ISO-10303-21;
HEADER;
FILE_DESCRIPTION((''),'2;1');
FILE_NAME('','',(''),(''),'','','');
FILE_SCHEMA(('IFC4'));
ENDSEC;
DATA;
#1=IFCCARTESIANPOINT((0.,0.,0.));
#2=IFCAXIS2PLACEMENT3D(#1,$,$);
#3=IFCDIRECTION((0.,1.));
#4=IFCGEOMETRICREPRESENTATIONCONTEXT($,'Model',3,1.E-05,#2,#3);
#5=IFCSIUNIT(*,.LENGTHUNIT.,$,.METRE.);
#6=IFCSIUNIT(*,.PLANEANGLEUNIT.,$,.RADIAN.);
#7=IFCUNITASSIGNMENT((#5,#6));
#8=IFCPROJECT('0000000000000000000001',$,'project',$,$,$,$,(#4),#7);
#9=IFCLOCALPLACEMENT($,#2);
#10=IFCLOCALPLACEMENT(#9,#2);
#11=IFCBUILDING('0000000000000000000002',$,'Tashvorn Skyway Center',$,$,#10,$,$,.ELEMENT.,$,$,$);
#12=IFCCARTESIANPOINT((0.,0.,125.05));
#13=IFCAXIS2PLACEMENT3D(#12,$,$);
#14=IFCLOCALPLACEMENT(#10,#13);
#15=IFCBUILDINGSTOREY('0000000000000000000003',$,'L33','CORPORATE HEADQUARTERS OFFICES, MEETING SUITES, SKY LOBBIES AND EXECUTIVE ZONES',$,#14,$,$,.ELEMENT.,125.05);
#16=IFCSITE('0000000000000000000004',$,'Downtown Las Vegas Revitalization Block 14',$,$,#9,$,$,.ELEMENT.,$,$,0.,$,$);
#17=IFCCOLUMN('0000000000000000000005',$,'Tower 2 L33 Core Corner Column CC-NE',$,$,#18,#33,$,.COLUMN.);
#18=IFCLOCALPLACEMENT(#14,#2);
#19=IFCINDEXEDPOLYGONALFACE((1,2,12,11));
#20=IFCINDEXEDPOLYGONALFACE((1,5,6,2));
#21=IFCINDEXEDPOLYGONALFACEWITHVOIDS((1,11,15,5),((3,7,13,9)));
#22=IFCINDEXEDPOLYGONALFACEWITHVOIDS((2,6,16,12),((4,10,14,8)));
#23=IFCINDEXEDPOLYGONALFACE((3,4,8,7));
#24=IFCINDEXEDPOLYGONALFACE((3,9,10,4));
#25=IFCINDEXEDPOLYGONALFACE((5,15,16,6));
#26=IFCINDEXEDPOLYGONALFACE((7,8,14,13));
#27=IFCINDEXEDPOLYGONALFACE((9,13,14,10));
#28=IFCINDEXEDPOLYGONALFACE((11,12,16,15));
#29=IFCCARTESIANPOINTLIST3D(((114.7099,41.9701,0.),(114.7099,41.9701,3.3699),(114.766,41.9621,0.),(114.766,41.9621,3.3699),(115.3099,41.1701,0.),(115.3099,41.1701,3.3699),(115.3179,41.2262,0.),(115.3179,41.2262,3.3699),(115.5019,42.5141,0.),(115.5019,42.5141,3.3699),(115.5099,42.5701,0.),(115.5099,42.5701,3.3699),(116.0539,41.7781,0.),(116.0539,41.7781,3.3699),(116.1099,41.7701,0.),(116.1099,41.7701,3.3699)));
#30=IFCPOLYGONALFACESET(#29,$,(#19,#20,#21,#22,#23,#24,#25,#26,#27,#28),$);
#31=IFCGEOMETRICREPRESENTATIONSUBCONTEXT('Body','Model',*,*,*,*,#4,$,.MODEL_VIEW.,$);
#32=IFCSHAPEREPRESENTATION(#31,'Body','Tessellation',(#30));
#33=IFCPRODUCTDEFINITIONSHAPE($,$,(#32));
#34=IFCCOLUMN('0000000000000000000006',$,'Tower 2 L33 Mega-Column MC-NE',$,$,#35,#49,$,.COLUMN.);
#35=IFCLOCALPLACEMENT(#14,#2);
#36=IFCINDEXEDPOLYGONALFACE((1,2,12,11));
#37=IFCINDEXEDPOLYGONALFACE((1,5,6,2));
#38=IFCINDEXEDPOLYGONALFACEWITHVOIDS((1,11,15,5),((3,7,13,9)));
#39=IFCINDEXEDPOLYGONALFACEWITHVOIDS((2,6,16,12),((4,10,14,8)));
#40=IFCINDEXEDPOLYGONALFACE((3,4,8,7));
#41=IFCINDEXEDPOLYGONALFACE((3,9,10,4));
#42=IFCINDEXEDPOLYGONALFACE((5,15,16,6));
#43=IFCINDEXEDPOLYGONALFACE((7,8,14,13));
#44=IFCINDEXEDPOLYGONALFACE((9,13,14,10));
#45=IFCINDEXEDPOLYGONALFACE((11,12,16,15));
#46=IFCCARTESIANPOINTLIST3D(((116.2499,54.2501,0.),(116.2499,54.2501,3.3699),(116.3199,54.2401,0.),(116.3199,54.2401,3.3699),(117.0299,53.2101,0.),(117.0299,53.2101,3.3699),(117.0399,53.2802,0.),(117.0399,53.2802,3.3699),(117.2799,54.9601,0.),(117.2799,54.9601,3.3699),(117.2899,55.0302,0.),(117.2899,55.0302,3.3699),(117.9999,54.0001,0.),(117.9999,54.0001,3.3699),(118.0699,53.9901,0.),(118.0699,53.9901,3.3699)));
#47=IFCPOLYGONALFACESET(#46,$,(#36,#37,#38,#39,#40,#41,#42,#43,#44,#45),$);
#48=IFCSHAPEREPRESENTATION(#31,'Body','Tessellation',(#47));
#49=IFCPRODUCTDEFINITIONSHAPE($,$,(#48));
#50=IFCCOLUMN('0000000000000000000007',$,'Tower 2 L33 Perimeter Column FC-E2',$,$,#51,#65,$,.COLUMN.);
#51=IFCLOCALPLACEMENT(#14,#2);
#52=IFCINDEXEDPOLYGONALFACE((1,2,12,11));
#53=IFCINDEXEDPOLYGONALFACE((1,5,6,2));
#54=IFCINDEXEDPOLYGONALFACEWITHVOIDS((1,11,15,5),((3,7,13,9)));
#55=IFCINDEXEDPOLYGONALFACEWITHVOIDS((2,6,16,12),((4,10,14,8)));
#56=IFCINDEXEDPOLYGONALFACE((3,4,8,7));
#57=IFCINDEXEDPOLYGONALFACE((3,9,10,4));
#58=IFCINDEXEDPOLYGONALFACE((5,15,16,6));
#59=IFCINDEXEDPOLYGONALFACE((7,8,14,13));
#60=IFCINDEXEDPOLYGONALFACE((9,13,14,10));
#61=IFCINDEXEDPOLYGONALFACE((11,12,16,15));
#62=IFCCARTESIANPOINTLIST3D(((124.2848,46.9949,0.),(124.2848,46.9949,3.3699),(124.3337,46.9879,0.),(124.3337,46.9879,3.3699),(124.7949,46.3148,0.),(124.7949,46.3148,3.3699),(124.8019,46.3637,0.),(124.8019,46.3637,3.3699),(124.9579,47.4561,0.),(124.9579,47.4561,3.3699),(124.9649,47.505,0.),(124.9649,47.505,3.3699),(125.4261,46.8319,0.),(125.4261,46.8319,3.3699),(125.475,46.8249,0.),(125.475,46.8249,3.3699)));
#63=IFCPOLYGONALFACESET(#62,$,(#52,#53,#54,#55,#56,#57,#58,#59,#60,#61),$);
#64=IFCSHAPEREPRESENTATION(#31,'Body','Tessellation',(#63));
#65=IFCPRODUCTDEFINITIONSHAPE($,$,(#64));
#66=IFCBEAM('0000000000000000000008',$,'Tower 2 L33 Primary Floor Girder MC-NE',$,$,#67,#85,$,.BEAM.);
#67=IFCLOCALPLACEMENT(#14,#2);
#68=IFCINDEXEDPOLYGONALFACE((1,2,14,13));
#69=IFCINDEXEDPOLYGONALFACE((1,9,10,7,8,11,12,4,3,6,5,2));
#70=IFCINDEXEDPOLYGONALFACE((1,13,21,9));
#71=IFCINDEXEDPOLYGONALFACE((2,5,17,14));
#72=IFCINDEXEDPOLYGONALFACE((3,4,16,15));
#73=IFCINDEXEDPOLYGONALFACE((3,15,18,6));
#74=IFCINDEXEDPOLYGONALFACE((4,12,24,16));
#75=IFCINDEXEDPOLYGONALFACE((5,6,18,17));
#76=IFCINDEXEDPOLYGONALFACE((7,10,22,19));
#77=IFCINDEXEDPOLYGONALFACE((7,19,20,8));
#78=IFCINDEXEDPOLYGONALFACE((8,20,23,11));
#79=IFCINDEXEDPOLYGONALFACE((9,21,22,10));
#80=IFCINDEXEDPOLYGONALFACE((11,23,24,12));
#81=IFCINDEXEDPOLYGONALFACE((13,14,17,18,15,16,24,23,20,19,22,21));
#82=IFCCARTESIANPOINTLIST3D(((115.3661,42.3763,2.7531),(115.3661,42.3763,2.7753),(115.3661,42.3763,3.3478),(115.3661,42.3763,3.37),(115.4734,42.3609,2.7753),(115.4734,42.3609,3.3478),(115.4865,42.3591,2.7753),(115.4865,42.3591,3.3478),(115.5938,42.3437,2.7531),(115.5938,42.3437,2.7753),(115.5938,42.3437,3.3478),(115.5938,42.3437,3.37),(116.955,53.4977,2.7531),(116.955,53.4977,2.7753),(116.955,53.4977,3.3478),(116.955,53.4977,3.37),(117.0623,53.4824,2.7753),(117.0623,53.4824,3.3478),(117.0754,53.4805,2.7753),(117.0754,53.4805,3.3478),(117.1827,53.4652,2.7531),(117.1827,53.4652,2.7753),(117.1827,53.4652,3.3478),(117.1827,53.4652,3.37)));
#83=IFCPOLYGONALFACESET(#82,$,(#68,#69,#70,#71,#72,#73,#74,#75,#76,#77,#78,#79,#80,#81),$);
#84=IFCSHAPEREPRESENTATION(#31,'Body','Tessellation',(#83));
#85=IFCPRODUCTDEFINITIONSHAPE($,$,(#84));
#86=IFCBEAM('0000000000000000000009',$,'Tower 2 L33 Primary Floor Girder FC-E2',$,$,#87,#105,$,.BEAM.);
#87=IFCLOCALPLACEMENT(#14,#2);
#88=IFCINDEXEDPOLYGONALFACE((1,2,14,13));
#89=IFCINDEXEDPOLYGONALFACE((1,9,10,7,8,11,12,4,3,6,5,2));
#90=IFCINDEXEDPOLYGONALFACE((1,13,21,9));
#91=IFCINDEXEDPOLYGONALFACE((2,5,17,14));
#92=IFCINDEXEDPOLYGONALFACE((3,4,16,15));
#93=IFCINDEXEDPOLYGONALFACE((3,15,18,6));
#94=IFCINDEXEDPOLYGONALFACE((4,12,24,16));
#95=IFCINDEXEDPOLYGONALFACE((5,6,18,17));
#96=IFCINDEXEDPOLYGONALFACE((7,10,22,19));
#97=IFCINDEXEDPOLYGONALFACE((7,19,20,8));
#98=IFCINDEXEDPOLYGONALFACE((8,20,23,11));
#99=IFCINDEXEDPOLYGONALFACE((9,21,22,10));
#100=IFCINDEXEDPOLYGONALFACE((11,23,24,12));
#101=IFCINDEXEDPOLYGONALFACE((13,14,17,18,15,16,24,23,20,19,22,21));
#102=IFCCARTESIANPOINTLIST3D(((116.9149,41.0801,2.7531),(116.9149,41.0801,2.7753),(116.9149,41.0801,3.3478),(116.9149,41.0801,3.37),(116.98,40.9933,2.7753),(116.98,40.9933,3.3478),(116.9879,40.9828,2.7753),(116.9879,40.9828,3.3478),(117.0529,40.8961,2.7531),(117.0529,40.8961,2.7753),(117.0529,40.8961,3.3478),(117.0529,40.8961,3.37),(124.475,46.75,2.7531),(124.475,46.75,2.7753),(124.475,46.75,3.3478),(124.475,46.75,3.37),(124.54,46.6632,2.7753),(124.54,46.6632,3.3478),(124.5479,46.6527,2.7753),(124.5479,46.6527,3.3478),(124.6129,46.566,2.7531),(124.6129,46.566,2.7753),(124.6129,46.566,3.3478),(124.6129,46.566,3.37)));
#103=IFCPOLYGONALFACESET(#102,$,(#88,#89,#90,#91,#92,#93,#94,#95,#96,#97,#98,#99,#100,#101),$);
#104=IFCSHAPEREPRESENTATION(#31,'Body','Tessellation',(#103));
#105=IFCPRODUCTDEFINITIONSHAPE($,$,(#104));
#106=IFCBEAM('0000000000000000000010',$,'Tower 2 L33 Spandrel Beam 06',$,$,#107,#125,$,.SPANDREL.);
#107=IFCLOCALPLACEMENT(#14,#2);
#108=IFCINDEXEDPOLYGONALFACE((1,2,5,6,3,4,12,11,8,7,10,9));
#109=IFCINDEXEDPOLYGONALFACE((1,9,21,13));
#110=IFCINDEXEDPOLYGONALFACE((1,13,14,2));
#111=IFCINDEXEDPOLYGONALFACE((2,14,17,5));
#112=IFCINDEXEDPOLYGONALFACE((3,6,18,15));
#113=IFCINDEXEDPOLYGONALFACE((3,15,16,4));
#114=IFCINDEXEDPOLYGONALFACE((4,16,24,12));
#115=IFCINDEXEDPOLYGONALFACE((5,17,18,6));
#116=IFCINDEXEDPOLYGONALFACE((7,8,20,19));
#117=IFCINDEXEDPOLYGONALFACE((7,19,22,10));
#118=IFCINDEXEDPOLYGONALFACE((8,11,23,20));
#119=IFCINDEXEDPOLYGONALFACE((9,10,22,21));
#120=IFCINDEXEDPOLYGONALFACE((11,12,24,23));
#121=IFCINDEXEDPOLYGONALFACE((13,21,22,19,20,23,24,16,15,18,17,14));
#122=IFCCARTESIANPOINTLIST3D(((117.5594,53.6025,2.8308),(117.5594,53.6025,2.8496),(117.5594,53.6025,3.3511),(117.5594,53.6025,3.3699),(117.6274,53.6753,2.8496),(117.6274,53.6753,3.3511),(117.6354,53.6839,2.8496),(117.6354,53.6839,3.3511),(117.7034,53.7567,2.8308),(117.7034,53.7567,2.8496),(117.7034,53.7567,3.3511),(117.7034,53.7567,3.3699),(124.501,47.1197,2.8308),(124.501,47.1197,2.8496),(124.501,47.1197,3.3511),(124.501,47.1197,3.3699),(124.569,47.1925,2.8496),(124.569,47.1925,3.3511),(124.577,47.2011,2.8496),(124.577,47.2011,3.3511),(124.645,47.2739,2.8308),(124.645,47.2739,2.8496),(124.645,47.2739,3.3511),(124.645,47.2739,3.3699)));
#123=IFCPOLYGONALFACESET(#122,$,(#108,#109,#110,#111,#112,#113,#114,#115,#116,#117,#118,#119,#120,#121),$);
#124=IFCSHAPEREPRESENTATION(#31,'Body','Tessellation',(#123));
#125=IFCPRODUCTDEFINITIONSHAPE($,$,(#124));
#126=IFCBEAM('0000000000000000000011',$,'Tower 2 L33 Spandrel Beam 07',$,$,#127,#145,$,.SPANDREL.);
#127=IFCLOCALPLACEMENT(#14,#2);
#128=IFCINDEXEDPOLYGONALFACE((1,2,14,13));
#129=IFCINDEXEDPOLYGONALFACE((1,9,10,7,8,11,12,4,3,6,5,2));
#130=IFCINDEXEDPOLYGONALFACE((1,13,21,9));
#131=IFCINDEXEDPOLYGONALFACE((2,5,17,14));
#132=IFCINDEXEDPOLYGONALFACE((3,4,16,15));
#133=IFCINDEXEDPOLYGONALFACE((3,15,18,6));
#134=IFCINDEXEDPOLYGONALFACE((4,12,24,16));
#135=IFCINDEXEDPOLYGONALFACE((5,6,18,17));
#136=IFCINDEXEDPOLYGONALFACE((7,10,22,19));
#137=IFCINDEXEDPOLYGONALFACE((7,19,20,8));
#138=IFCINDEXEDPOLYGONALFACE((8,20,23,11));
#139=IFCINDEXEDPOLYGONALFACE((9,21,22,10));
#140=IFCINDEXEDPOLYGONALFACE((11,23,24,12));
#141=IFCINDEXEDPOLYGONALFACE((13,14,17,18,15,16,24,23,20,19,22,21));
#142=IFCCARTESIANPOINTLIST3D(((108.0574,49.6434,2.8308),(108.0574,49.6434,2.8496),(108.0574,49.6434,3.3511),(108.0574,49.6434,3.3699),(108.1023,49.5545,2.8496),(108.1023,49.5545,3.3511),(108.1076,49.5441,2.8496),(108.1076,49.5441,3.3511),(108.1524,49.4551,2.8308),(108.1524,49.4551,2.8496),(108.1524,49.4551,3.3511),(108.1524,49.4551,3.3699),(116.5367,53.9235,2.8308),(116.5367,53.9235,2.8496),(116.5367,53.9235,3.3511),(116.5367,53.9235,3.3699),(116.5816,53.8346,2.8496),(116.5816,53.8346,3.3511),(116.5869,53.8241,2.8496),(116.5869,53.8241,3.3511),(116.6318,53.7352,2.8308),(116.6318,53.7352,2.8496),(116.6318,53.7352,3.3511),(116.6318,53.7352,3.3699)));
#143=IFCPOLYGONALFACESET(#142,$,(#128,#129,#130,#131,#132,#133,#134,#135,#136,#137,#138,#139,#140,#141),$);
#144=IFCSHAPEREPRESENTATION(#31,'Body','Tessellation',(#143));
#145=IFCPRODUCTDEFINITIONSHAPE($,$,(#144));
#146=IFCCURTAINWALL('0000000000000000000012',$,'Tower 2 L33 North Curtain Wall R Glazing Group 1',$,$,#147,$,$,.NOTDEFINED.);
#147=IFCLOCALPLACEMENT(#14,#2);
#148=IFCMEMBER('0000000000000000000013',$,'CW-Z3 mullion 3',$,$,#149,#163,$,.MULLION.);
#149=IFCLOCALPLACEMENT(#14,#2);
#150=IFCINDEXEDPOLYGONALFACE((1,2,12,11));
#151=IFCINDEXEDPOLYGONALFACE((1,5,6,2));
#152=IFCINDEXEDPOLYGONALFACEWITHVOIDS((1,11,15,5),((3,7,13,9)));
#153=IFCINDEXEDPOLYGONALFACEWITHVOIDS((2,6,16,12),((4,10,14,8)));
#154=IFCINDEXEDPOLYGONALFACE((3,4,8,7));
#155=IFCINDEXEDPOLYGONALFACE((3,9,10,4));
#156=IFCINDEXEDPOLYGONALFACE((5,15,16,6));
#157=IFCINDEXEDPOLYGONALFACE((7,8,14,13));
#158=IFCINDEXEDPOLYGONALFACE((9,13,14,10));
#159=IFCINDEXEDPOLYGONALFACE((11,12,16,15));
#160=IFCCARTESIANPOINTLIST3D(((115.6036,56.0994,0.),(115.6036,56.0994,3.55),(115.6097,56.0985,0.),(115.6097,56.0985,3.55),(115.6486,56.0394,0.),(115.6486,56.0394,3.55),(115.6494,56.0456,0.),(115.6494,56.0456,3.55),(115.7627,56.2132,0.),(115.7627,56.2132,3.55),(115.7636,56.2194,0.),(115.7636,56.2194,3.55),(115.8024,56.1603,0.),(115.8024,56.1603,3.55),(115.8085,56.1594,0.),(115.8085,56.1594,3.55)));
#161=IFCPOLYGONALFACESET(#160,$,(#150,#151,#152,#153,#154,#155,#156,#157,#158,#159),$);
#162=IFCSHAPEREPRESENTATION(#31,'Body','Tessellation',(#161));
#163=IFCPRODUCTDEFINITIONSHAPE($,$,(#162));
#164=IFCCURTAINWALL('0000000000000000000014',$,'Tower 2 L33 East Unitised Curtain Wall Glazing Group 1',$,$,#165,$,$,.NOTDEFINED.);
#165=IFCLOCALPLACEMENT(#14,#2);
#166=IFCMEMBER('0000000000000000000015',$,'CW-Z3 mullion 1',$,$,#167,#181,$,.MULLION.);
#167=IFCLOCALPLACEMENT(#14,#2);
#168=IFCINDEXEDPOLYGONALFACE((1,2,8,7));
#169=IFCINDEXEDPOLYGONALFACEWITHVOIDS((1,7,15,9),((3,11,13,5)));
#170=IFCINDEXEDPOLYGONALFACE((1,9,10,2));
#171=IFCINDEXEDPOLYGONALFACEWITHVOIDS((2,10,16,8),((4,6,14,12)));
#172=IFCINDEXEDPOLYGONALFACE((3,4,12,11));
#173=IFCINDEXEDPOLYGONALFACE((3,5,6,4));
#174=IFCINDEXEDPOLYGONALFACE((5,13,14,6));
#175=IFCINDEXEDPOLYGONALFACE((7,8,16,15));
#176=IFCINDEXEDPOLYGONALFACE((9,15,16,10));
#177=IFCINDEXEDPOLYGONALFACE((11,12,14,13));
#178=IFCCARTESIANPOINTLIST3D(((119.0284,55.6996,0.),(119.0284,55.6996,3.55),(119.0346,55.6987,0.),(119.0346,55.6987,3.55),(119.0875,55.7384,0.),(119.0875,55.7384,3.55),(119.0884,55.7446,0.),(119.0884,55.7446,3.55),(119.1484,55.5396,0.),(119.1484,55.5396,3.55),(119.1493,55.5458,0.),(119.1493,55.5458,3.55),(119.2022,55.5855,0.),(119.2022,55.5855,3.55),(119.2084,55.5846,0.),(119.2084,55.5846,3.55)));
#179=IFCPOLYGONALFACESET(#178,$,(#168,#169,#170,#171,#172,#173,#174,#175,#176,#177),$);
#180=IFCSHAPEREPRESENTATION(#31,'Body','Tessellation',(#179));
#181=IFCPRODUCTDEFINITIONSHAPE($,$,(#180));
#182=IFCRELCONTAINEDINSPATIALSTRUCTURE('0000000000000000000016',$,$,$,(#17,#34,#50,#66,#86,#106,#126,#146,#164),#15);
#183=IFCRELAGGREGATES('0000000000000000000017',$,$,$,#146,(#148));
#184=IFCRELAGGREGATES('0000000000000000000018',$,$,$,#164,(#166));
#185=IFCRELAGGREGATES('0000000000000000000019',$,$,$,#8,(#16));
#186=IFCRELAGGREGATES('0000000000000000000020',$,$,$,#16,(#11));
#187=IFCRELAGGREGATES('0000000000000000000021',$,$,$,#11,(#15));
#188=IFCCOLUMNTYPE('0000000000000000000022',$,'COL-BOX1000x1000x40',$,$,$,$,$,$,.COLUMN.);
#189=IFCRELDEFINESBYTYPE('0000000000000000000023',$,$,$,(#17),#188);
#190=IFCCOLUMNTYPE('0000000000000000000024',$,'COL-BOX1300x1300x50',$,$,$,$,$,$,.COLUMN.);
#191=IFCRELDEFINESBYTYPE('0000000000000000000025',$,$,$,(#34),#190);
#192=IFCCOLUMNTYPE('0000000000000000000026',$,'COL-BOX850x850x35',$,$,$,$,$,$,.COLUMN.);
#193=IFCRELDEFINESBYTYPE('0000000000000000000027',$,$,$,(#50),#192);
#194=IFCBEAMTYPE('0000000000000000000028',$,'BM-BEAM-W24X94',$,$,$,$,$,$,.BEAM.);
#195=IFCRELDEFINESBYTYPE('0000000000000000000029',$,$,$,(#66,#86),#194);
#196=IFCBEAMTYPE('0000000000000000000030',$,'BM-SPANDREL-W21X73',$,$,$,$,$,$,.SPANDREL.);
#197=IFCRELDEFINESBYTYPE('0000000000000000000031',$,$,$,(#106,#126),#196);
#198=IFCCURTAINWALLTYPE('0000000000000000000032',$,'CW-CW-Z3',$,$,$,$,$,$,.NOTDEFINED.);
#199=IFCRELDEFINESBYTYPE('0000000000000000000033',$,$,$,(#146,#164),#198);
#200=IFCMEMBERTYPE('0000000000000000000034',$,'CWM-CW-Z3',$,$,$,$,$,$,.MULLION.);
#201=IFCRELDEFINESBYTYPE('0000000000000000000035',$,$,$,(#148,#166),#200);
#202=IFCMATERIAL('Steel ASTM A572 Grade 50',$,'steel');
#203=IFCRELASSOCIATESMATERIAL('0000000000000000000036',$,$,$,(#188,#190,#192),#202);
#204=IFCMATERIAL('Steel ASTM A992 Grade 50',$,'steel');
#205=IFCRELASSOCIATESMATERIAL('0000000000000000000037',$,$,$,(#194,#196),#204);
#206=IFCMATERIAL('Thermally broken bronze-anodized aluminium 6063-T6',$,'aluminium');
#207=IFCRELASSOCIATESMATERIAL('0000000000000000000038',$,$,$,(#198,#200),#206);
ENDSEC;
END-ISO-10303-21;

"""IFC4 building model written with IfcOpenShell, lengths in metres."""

from ifc_helpers import new_model, si_unit, direction, frame, origin, origin_2d, place, context, subcontext, project, spatial, hollow_rectangle, i_section, extrude, material, material_profile, profile_set, type_object, element, aggregate, save


model = new_model("IFC4")

# Units and contexts
model_context = context("Model", 3, precision=1e-05, world=origin(), true_north=direction((0.0, 1.0)))
body_context = subcontext(model_context, "Body", "Model", "MODEL_VIEW")
ifc_project = project(units=[si_unit("LENGTHUNIT", "METRE"), si_unit("PLANEANGLEUNIT", "RADIAN")], contexts=[model_context])

# Site, building, storey
site_placement = place(None, origin())
site = spatial("IfcSite", under=ifc_project, at=site_placement, Name="Downtown Las Vegas Revitalization Block 14", CompositionType="ELEMENT", RefElevation=0.0)
building_placement = place(site_placement, origin())
building = spatial("IfcBuilding", under=site, at=building_placement, Name="Tashvorn Skyway Center", CompositionType="ELEMENT")
storey_placement = place(building_placement, frame((0.0, 0.0, 125.05)))
storey = spatial("IfcBuildingStorey", under=building, at=storey_placement, Name="L33", Description="CORPORATE HEADQUARTERS OFFICES, MEETING SUITES, SKY LOBBIES AND EXECUTIVE ZONES", CompositionType="ELEMENT", Elevation=125.05)

# Columns
ifc_material_1 = material(Name="Steel ASTM A572 Grade 50", Category="steel")
ifc_material_profile_1 = material_profile(ifc_material_1, hollow_rectangle(XDim=1.0, YDim=1.0, WallThickness=0.04, at=origin_2d()), Name="BOX1000x1000x40")
ifc_profile_set_1 = profile_set([ifc_material_profile_1], Name="Steel ASTM A572 Grade 50")
column_type_1 = type_object("IfcColumnType", Name="COL-BOX1000x1000x40", PredefinedType="COLUMN", material=ifc_profile_set_1)
column_1_placement = place(storey_placement, frame((115.4099, 41.8701, 0.0), z_axis=(0.0, 0.0, 1.0), x_axis=(0.8, 0.6, 0.0)))
element("IfcColumn", 1, at=column_1_placement, inside=storey, type_object=column_type_1, Name="Tower 2 L33 Core Corner Column CC-NE", PredefinedType="COLUMN", context=body_context, shape_type="SweptSolid", body=[
    extrude(hollow_rectangle(XDim=1.0, YDim=1.0, WallThickness=0.04, at=origin_2d()), origin(), (0.0, 0.0, 1.0), 3.3699),
])
ifc_material_profile_2 = material_profile(ifc_material_1, hollow_rectangle(XDim=1.3, YDim=1.3, WallThickness=0.05, at=origin_2d()), Name="BOX1300x1300x50")
ifc_profile_set_2 = profile_set([ifc_material_profile_2], Name="Steel ASTM A572 Grade 50")
column_type_2 = type_object("IfcColumnType", Name="COL-BOX1300x1300x50", PredefinedType="COLUMN", material=ifc_profile_set_2)
column_2_placement = place(storey_placement, frame((117.1599, 54.1201, 0.0), z_axis=(0.0, 0.0, 1.0), x_axis=(0.8, 0.6, 0.0)))
element("IfcColumn", 2, at=column_2_placement, inside=storey, type_object=column_type_2, Name="Tower 2 L33 Mega-Column MC-NE", PredefinedType="COLUMN", context=body_context, shape_type="SweptSolid", body=[
    extrude(hollow_rectangle(XDim=1.3, YDim=1.3, WallThickness=0.05, at=origin_2d()), origin(), (0.0, 0.0, 1.0), 3.3699),
])
ifc_material_profile_3 = material_profile(ifc_material_1, hollow_rectangle(XDim=0.8501, YDim=0.8501, WallThickness=0.0349, at=origin_2d()), Name="BOX850x850x35")
ifc_profile_set_3 = profile_set([ifc_material_profile_3], Name="Steel ASTM A572 Grade 50")
column_type_3 = type_object("IfcColumnType", Name="COL-BOX850x850x35", PredefinedType="COLUMN", material=ifc_profile_set_3)
column_3_placement = place(storey_placement, frame((124.8799, 46.9099, 0.0), z_axis=(0.0, 0.0, 1.0), x_axis=(0.8, 0.6, 0.0)))
element("IfcColumn", 3, at=column_3_placement, inside=storey, type_object=column_type_3, Name="Tower 2 L33 Perimeter Column FC-E2", PredefinedType="COLUMN", context=body_context, shape_type="SweptSolid", body=[
    extrude(hollow_rectangle(XDim=0.8501, YDim=0.8501, WallThickness=0.0349, at=origin_2d()), origin(), (0.0, 0.0, 1.0), 3.3699),
])

# Beams
ifc_material_2 = material(Name="Steel ASTM A992 Grade 50", Category="steel")
ifc_material_profile_4 = material_profile(ifc_material_2, i_section(OverallWidth=0.23, OverallDepth=0.6169, WebThickness=0.0132, FlangeThickness=0.0222, at=origin_2d()), Name="W24X94")
ifc_profile_set_4 = profile_set([ifc_material_profile_4], Name="Steel ASTM A992 Grade 50")
beam_type_1 = type_object("IfcBeamType", Name="BM-BEAM-W24X94", PredefinedType="BEAM", material=ifc_profile_set_4)
beam_1_placement = place(storey_placement, frame((117.0688, 53.4814, 3.0615), z_axis=(-0.14143, -0.989948, 0.0), x_axis=(0.989948, -0.14143, 0.0)))
element("IfcBeam", 4, at=beam_1_placement, inside=storey, type_object=beam_type_1, Name="Tower 2 L33 Primary Floor Girder MC-NE", PredefinedType="BEAM", context=body_context, shape_type="SweptSolid", body=[
    extrude(i_section(OverallWidth=0.23, OverallDepth=0.6169, WebThickness=0.0132, FlangeThickness=0.0222, at=origin_2d()), origin(), (0.0, 0.0, 1.0), 11.2344),
])
beam_2_placement = place(storey_placement, frame((124.5439, 46.658, 3.0615), z_axis=(-0.800006, -0.599992, 0.0), x_axis=(0.599992, -0.800006, 0.0)))
element("IfcBeam", 5, at=beam_2_placement, inside=storey, type_object=beam_type_1, Name="Tower 2 L33 Primary Floor Girder FC-E2", PredefinedType="BEAM", context=body_context, shape_type="SweptSolid", body=[
    extrude(i_section(OverallWidth=0.23, OverallDepth=0.6169, WebThickness=0.0132, FlangeThickness=0.0222, at=origin_2d()), origin(), (0.0, 0.0, 1.0), 9.45),
])
ifc_material_profile_5 = material_profile(ifc_material_2, i_section(OverallWidth=0.2109, OverallDepth=0.5391, WebThickness=0.0117, FlangeThickness=0.0188, at=origin_2d()), Name="W21X73")
ifc_profile_set_5 = profile_set([ifc_material_profile_5], Name="Steel ASTM A992 Grade 50")
beam_type_2 = type_object("IfcBeamType", Name="BM-SPANDREL-W21X73", PredefinedType="SPANDREL", material=ifc_profile_set_5)
beam_3_placement = place(storey_placement, frame((124.573, 47.1968, 3.1003), z_axis=(-0.730843, 0.682545, 0.0), x_axis=(-0.682545, -0.730843, 0.0)))
element("IfcBeam", 6, at=beam_3_placement, inside=storey, type_object=beam_type_2, Name="Tower 2 L33 Spandrel Beam 06", PredefinedType="SPANDREL", context=body_context, shape_type="SweptSolid", body=[
    extrude(i_section(OverallWidth=0.2109, OverallDepth=0.5391, WebThickness=0.0117, FlangeThickness=0.0188, at=origin_2d()), origin(), (0.0, 0.0, 1.0), 9.498),
])
beam_4_placement = place(storey_placement, frame((116.5842, 53.8293, 3.1003), z_axis=(-0.892719, -0.450614, 0.0), x_axis=(0.450614, -0.892719, 0.0)))
element("IfcBeam", 7, at=beam_4_placement, inside=storey, type_object=beam_type_2, Name="Tower 2 L33 Spandrel Beam 07", PredefinedType="SPANDREL", context=body_context, shape_type="SweptSolid", body=[
    extrude(i_section(OverallWidth=0.2109, OverallDepth=0.5391, WebThickness=0.0117, FlangeThickness=0.0188, at=origin_2d()), origin(), (0.0, 0.0, 1.0), 9.4983),
])

# Curtain wall, member
ifc_material_3 = material(Name="Thermally broken bronze-anodized aluminium 6063-T6", Category="aluminium")
curtain_wall_type = type_object("IfcCurtainWallType", Name="CW-CW-Z3", PredefinedType="NOTDEFINED", material=ifc_material_3)
curtain_wall_1_placement = place(storey_placement, origin())
curtain_wall_1 = element("IfcCurtainWall", 8, at=curtain_wall_1_placement, inside=storey, type_object=curtain_wall_type, Name="Tower 2 L33 North Curtain Wall R Glazing Group 1", PredefinedType="NOTDEFINED")
ifc_material_profile_6 = material_profile(ifc_material_3, hollow_rectangle(XDim=0.075, YDim=0.2, WallThickness=0.0044, at=origin_2d()), Name="ALU-MULL-75x200")
ifc_profile_set_6 = profile_set([ifc_material_profile_6], Name="Thermally broken bronze-anodized aluminium 6063-T6")
member_type_1 = type_object("IfcMemberType", Name="CWM-CW-Z3", PredefinedType="MULLION", material=ifc_profile_set_6)
member_1_placement = place(storey_placement, frame((115.7061, 56.1294, 0.0), z_axis=(0.0, 0.0, 1.0), x_axis=(-0.599998, 0.800002, 0.0)))
member_1 = element("IfcMember", 9, at=member_1_placement, type_object=member_type_1, Name="CW-Z3 mullion 3", PredefinedType="MULLION", context=body_context, shape_type="SweptSolid", body=[
    extrude(hollow_rectangle(XDim=0.075, YDim=0.2, WallThickness=0.0044, at=origin_2d()), origin(), (0.0, 0.0, 1.0), 3.55),
])

# Curtain wall, member
curtain_wall_2_placement = place(storey_placement, origin())
curtain_wall_2 = element("IfcCurtainWall", 10, at=curtain_wall_2_placement, inside=storey, type_object=curtain_wall_type, Name="Tower 2 L33 East Unitised Curtain Wall Glazing Group 1", PredefinedType="NOTDEFINED")
member_2_placement = place(storey_placement, frame((119.1184, 55.6421, 0.0), z_axis=(0.0, 0.0, 1.0), x_axis=(0.799997, 0.600005, 0.0)))
member_2 = element("IfcMember", 11, at=member_2_placement, type_object=member_type_1, Name="CW-Z3 mullion 1", PredefinedType="MULLION", context=body_context, shape_type="SweptSolid", body=[
    extrude(hollow_rectangle(XDim=0.075, YDim=0.2, WallThickness=0.0044, at=origin_2d()), origin(), (0.0, 0.0, 1.0), 3.55),
])

aggregate(curtain_wall_1, [member_1])
aggregate(curtain_wall_2, [member_2])

save(model, "model.ifc")
